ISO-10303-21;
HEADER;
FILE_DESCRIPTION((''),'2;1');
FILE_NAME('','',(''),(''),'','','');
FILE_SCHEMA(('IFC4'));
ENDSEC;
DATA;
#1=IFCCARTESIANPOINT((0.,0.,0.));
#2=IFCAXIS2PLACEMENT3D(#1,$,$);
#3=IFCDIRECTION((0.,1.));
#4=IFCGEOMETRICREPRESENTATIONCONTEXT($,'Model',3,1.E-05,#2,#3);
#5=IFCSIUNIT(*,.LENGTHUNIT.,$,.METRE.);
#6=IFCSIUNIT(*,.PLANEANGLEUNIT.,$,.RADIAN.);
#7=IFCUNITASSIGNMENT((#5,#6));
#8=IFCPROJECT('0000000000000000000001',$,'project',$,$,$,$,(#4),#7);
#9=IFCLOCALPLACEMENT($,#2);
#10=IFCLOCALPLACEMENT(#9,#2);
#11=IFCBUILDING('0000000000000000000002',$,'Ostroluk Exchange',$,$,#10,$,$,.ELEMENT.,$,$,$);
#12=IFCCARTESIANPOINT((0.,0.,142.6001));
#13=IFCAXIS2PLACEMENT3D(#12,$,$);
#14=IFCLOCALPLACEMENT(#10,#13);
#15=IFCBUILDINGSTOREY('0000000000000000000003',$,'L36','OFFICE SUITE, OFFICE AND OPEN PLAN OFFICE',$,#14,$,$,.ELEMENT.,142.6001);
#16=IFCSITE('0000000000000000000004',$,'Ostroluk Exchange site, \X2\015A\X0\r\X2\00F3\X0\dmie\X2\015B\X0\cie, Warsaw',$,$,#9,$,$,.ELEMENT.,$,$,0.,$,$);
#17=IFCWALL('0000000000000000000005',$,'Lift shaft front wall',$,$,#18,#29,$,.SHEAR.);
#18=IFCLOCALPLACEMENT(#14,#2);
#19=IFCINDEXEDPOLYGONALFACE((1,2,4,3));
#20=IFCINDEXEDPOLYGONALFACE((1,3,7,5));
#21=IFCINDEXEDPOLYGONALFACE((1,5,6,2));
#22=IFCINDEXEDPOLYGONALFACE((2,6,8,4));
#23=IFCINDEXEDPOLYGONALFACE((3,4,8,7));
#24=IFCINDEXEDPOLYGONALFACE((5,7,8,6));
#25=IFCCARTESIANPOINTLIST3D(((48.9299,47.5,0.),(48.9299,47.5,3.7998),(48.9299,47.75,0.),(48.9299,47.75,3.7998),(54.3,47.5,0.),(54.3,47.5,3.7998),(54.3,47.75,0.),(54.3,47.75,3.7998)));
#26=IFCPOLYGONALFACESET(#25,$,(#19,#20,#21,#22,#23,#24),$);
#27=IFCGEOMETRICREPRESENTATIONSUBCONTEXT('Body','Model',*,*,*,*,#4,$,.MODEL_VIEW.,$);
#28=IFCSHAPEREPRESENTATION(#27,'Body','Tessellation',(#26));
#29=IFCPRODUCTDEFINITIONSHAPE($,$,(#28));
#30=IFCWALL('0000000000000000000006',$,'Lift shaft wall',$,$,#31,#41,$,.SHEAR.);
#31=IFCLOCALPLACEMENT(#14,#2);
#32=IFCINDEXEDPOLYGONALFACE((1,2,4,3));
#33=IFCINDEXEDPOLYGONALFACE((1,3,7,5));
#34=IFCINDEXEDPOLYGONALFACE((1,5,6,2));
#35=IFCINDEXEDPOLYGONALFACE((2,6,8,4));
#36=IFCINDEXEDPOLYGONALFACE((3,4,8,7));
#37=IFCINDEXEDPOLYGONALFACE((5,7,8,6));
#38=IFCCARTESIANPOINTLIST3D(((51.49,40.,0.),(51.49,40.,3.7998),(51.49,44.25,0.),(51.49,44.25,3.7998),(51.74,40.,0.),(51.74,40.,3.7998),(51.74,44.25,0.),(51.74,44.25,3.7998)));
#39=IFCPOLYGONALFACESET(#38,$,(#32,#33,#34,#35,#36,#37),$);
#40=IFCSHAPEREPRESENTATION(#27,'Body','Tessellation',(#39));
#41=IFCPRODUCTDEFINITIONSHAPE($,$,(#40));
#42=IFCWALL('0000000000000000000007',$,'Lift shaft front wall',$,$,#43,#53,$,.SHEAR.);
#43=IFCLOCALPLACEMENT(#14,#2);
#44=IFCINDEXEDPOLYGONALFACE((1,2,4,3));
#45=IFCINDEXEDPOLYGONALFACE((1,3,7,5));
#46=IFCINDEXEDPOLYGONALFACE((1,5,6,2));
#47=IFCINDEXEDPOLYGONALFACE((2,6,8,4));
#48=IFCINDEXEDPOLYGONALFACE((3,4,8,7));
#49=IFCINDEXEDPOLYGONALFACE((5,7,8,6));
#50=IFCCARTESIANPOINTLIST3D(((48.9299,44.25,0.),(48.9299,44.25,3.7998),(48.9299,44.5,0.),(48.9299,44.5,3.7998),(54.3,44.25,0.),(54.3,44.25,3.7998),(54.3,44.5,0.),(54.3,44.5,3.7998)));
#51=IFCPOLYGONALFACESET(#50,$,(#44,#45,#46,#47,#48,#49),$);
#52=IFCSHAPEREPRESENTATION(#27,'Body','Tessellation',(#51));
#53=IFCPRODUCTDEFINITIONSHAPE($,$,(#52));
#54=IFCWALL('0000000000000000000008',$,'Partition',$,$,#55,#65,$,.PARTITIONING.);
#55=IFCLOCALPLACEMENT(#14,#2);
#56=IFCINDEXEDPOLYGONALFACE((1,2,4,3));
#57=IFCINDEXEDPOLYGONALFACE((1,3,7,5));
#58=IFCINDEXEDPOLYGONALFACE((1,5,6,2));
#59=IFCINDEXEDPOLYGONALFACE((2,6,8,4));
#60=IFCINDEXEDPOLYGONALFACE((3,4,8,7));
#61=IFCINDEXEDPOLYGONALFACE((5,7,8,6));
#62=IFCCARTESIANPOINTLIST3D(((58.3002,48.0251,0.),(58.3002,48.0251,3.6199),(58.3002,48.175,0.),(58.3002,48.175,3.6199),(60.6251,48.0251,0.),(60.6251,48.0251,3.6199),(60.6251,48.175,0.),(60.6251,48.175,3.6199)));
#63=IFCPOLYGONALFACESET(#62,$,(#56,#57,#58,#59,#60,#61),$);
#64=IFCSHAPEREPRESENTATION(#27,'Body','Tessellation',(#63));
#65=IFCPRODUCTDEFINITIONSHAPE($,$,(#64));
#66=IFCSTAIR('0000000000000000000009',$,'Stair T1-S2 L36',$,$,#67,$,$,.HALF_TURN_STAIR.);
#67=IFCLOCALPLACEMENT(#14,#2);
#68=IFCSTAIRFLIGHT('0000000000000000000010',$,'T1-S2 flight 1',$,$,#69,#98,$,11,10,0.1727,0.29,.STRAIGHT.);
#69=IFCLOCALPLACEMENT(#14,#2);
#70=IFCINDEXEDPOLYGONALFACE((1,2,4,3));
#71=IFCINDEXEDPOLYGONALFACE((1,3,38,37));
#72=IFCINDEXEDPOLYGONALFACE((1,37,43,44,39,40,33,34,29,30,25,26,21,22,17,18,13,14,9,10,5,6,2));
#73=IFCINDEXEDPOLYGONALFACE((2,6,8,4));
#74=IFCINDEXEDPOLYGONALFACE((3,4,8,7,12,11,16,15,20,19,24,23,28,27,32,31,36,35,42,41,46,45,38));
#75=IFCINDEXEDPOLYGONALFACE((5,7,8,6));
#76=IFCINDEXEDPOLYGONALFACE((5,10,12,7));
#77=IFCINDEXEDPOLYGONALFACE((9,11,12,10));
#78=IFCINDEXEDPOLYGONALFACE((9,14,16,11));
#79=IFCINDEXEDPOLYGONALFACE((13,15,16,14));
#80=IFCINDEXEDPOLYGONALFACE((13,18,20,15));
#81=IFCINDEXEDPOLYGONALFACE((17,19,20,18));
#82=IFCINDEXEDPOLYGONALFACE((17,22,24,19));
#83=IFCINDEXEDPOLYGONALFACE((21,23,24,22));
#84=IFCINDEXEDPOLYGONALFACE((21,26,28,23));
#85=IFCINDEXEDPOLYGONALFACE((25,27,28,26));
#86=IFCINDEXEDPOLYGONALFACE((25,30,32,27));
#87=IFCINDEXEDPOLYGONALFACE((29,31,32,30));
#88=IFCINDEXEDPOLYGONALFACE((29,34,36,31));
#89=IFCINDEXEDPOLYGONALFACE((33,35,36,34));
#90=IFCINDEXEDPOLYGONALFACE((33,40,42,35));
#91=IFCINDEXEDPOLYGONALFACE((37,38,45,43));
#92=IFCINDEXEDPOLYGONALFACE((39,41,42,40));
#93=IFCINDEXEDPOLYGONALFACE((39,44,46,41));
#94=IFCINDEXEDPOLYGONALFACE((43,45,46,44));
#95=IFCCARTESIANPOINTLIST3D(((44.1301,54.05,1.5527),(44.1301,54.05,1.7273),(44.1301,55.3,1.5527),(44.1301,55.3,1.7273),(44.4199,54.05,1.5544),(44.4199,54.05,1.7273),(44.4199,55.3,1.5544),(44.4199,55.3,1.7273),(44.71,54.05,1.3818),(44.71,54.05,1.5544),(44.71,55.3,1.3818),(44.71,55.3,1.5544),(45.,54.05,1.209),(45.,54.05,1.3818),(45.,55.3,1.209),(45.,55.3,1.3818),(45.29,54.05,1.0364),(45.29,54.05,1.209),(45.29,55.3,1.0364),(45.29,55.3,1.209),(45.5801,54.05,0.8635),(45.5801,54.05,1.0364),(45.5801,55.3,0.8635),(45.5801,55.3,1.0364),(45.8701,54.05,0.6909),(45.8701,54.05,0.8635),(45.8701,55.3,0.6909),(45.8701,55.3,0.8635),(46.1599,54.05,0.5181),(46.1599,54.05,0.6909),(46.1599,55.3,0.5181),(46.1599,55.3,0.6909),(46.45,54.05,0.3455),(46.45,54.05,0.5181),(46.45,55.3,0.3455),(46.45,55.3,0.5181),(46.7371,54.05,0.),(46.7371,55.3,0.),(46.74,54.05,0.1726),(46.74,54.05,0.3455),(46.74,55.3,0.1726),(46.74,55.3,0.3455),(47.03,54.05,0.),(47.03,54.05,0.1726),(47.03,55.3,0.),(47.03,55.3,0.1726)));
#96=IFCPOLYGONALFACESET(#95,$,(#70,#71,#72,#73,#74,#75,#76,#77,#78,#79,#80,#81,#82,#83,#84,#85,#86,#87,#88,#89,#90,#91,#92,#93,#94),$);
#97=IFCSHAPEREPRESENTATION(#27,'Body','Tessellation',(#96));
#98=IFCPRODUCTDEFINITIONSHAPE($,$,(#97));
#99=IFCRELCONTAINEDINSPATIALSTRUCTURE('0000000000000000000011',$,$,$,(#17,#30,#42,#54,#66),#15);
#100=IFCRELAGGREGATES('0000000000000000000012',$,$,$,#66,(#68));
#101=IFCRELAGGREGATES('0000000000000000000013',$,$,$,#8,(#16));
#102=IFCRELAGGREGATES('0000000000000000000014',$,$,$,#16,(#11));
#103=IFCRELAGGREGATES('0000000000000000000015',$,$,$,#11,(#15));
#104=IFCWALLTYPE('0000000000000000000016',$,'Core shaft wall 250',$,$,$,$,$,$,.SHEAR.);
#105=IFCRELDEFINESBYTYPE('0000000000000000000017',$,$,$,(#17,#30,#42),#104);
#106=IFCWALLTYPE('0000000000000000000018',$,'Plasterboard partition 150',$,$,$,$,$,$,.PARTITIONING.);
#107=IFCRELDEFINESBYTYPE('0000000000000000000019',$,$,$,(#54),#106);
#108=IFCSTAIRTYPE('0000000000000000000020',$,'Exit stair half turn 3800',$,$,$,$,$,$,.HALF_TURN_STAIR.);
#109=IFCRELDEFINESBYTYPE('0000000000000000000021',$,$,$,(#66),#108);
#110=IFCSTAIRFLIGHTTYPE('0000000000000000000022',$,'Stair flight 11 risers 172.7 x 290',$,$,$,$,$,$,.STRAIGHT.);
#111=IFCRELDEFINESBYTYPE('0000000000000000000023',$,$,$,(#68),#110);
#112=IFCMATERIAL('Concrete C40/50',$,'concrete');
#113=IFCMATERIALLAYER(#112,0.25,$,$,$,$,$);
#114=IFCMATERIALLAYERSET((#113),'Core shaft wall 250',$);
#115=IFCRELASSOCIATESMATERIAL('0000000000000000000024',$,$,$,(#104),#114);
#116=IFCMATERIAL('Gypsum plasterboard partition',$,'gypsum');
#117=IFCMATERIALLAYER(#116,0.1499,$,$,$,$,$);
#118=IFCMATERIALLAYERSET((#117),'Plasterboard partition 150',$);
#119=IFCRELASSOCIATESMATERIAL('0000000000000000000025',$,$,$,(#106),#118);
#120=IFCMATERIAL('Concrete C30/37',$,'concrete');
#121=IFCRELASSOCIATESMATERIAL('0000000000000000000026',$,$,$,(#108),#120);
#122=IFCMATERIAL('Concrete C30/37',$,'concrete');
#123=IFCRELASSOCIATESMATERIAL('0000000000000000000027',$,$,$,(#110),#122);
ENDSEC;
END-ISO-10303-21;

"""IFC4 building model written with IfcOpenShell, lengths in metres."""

from ifc_helpers import new_model, si_unit, direction, frame, frame_2d, origin, place, context, subcontext, project, spatial, polyline, rectangle, outline, extrude, material, layer, layer_set, type_object, element, aggregate, save


model = new_model("IFC4")

# Units and contexts
model_context = context("Model", 3, precision=1e-05, world=origin(), true_north=direction((0.0, 1.0)))
body_context = subcontext(model_context, "Body", "Model", "MODEL_VIEW")
ifc_project = project(units=[si_unit("LENGTHUNIT", "METRE"), si_unit("PLANEANGLEUNIT", "RADIAN")], contexts=[model_context])

# Site, building, storey
site_placement = place(None, origin())
site = spatial("IfcSite", under=ifc_project, at=site_placement, Name="Ostroluk Exchange site, Śródmieście, Warsaw", CompositionType="ELEMENT", RefElevation=0.0)
building_placement = place(site_placement, origin())
building = spatial("IfcBuilding", under=site, at=building_placement, Name="Ostroluk Exchange", CompositionType="ELEMENT")
storey_placement = place(building_placement, frame((0.0, 0.0, 142.6001)))
storey = spatial("IfcBuildingStorey", under=building, at=storey_placement, Name="L36", Description="OFFICE SUITE, OFFICE AND OPEN PLAN OFFICE", CompositionType="ELEMENT", Elevation=142.6001)

# Shared definitions
ifc_material_1 = material(Name="Concrete C40/50", Category="concrete")
ifc_layer_1 = layer(ifc_material_1, 0.25)
ifc_layer_set_1 = layer_set([ifc_layer_1], Name="Core shaft wall 250")
wall_type_1 = type_object("IfcWallType", Name="Core shaft wall 250", PredefinedType="SHEAR", material=ifc_layer_set_1)

# Walls
wall_1_placement = place(storey_placement, frame((48.9299, 47.625, 0.0), z_axis=(0.0, 0.0, 1.0), x_axis=(1.0, 0.0, 0.0)))
element("IfcWall", 1, at=wall_1_placement, inside=storey, type_object=wall_type_1, Name="Lift shaft front wall", PredefinedType="SHEAR", context=body_context, shape_type="SweptSolid", body=[
    extrude(rectangle(XDim=5.3701, YDim=0.25, at=frame_2d((2.6851, 0.0))), origin(), (0.0, 0.0, 1.0), 3.7998),
])
wall_2_placement = place(storey_placement, frame((51.615, 44.25, 0.0), z_axis=(0.0, 0.0, 1.0), x_axis=(0.0, -1.0, 0.0)))
element("IfcWall", 2, at=wall_2_placement, inside=storey, type_object=wall_type_1, Name="Lift shaft wall", PredefinedType="SHEAR", context=body_context, shape_type="SweptSolid", body=[
    extrude(rectangle(XDim=4.25, YDim=0.25, at=frame_2d((2.125, 0.0))), origin(), (0.0, 0.0, 1.0), 3.7998),
])
wall_3_placement = place(storey_placement, frame((48.9299, 44.375, 0.0), z_axis=(0.0, 0.0, 1.0), x_axis=(1.0, 0.0, 0.0)))
element("IfcWall", 3, at=wall_3_placement, inside=storey, type_object=wall_type_1, Name="Lift shaft front wall", PredefinedType="SHEAR", context=body_context, shape_type="SweptSolid", body=[
    extrude(rectangle(XDim=5.3701, YDim=0.25, at=frame_2d((2.6851, 0.0))), origin(), (0.0, 0.0, 1.0), 3.7998),
])
ifc_material_2 = material(Name="Gypsum plasterboard partition", Category="gypsum")
ifc_layer_2 = layer(ifc_material_2, 0.1499)
ifc_layer_set_2 = layer_set([ifc_layer_2], Name="Plasterboard partition 150")
wall_type_2 = type_object("IfcWallType", Name="Plasterboard partition 150", PredefinedType="PARTITIONING", material=ifc_layer_set_2)
wall_4_placement = place(storey_placement, frame((58.3, 48.1001, 0.0), z_axis=(0.0, 0.0, 1.0), x_axis=(1.0, 0.0, 0.0)))
element("IfcWall", 4, at=wall_4_placement, inside=storey, type_object=wall_type_2, Name="Partition", PredefinedType="PARTITIONING", context=body_context, shape_type="SweptSolid", body=[
    extrude(rectangle(XDim=2.325, YDim=0.1499, at=frame_2d((1.1626, 0.0))), origin(), (0.0, 0.0, 1.0), 3.6199),
])

# Stair, stair flight
ifc_material_3 = material(Name="Concrete C30/37", Category="concrete")
stair_type = type_object("IfcStairType", Name="Exit stair half turn 3800", PredefinedType="HALF_TURN_STAIR", material=ifc_material_3)
stair_placement = place(storey_placement, origin())
stair = element("IfcStair", 5, at=stair_placement, inside=storey, type_object=stair_type, Name="Stair T1-S2 L36", PredefinedType="HALF_TURN_STAIR")
ifc_material_4 = material(Name="Concrete C30/37", Category="concrete")
stair_flight_type = type_object("IfcStairFlightType", Name="Stair flight 11 risers 172.7 x 290", PredefinedType="STRAIGHT", material=ifc_material_4)
stair_flight_placement = place(storey_placement, frame((47.03, 54.675, 0.0), z_axis=(0.0, 0.0, 1.0), x_axis=(-1.0, 0.0, 0.0)))
stair_flight = element("IfcStairFlight", 6, at=stair_flight_placement, type_object=stair_flight_type, Name="T1-S2 flight 1", NumberOfRisers=11, NumberOfTreads=10, PredefinedType="STRAIGHT", RiserHeight=0.1727, TreadLength=0.29, context=body_context, shape_type="SweptSolid", body=[
    extrude(outline(polyline([(0.0, 0.0), (0.0, 0.1726), (0.29, 0.1726), (0.29, 0.3455), (0.5801, 0.3455), (0.5801, 0.5181), (0.8701, 0.5181), (0.8701, 0.6909), (1.1599, 0.6909), (1.1599, 0.8635), (1.45, 0.8635), (1.45, 1.0364), (1.74, 1.0364), (1.74, 1.209), (2.03, 1.209), (2.03, 1.3818), (2.3201, 1.3818), (2.3201, 1.5544), (2.6101, 1.5544), (2.6101, 1.7273), (2.8999, 1.7273), (2.8999, 1.8999), (2.8999, 1.5527), (0.293, 0.0), (0.0, 0.0)])), frame((0.0, 0.625, 0.0), z_axis=(0.0, -1.0, 0.0), x_axis=(1.0, 0.0, 0.0)), (0.0, 0.0, 1.0), 1.25),
])
aggregate(stair, [stair_flight])

save(model, "model.ifc")
